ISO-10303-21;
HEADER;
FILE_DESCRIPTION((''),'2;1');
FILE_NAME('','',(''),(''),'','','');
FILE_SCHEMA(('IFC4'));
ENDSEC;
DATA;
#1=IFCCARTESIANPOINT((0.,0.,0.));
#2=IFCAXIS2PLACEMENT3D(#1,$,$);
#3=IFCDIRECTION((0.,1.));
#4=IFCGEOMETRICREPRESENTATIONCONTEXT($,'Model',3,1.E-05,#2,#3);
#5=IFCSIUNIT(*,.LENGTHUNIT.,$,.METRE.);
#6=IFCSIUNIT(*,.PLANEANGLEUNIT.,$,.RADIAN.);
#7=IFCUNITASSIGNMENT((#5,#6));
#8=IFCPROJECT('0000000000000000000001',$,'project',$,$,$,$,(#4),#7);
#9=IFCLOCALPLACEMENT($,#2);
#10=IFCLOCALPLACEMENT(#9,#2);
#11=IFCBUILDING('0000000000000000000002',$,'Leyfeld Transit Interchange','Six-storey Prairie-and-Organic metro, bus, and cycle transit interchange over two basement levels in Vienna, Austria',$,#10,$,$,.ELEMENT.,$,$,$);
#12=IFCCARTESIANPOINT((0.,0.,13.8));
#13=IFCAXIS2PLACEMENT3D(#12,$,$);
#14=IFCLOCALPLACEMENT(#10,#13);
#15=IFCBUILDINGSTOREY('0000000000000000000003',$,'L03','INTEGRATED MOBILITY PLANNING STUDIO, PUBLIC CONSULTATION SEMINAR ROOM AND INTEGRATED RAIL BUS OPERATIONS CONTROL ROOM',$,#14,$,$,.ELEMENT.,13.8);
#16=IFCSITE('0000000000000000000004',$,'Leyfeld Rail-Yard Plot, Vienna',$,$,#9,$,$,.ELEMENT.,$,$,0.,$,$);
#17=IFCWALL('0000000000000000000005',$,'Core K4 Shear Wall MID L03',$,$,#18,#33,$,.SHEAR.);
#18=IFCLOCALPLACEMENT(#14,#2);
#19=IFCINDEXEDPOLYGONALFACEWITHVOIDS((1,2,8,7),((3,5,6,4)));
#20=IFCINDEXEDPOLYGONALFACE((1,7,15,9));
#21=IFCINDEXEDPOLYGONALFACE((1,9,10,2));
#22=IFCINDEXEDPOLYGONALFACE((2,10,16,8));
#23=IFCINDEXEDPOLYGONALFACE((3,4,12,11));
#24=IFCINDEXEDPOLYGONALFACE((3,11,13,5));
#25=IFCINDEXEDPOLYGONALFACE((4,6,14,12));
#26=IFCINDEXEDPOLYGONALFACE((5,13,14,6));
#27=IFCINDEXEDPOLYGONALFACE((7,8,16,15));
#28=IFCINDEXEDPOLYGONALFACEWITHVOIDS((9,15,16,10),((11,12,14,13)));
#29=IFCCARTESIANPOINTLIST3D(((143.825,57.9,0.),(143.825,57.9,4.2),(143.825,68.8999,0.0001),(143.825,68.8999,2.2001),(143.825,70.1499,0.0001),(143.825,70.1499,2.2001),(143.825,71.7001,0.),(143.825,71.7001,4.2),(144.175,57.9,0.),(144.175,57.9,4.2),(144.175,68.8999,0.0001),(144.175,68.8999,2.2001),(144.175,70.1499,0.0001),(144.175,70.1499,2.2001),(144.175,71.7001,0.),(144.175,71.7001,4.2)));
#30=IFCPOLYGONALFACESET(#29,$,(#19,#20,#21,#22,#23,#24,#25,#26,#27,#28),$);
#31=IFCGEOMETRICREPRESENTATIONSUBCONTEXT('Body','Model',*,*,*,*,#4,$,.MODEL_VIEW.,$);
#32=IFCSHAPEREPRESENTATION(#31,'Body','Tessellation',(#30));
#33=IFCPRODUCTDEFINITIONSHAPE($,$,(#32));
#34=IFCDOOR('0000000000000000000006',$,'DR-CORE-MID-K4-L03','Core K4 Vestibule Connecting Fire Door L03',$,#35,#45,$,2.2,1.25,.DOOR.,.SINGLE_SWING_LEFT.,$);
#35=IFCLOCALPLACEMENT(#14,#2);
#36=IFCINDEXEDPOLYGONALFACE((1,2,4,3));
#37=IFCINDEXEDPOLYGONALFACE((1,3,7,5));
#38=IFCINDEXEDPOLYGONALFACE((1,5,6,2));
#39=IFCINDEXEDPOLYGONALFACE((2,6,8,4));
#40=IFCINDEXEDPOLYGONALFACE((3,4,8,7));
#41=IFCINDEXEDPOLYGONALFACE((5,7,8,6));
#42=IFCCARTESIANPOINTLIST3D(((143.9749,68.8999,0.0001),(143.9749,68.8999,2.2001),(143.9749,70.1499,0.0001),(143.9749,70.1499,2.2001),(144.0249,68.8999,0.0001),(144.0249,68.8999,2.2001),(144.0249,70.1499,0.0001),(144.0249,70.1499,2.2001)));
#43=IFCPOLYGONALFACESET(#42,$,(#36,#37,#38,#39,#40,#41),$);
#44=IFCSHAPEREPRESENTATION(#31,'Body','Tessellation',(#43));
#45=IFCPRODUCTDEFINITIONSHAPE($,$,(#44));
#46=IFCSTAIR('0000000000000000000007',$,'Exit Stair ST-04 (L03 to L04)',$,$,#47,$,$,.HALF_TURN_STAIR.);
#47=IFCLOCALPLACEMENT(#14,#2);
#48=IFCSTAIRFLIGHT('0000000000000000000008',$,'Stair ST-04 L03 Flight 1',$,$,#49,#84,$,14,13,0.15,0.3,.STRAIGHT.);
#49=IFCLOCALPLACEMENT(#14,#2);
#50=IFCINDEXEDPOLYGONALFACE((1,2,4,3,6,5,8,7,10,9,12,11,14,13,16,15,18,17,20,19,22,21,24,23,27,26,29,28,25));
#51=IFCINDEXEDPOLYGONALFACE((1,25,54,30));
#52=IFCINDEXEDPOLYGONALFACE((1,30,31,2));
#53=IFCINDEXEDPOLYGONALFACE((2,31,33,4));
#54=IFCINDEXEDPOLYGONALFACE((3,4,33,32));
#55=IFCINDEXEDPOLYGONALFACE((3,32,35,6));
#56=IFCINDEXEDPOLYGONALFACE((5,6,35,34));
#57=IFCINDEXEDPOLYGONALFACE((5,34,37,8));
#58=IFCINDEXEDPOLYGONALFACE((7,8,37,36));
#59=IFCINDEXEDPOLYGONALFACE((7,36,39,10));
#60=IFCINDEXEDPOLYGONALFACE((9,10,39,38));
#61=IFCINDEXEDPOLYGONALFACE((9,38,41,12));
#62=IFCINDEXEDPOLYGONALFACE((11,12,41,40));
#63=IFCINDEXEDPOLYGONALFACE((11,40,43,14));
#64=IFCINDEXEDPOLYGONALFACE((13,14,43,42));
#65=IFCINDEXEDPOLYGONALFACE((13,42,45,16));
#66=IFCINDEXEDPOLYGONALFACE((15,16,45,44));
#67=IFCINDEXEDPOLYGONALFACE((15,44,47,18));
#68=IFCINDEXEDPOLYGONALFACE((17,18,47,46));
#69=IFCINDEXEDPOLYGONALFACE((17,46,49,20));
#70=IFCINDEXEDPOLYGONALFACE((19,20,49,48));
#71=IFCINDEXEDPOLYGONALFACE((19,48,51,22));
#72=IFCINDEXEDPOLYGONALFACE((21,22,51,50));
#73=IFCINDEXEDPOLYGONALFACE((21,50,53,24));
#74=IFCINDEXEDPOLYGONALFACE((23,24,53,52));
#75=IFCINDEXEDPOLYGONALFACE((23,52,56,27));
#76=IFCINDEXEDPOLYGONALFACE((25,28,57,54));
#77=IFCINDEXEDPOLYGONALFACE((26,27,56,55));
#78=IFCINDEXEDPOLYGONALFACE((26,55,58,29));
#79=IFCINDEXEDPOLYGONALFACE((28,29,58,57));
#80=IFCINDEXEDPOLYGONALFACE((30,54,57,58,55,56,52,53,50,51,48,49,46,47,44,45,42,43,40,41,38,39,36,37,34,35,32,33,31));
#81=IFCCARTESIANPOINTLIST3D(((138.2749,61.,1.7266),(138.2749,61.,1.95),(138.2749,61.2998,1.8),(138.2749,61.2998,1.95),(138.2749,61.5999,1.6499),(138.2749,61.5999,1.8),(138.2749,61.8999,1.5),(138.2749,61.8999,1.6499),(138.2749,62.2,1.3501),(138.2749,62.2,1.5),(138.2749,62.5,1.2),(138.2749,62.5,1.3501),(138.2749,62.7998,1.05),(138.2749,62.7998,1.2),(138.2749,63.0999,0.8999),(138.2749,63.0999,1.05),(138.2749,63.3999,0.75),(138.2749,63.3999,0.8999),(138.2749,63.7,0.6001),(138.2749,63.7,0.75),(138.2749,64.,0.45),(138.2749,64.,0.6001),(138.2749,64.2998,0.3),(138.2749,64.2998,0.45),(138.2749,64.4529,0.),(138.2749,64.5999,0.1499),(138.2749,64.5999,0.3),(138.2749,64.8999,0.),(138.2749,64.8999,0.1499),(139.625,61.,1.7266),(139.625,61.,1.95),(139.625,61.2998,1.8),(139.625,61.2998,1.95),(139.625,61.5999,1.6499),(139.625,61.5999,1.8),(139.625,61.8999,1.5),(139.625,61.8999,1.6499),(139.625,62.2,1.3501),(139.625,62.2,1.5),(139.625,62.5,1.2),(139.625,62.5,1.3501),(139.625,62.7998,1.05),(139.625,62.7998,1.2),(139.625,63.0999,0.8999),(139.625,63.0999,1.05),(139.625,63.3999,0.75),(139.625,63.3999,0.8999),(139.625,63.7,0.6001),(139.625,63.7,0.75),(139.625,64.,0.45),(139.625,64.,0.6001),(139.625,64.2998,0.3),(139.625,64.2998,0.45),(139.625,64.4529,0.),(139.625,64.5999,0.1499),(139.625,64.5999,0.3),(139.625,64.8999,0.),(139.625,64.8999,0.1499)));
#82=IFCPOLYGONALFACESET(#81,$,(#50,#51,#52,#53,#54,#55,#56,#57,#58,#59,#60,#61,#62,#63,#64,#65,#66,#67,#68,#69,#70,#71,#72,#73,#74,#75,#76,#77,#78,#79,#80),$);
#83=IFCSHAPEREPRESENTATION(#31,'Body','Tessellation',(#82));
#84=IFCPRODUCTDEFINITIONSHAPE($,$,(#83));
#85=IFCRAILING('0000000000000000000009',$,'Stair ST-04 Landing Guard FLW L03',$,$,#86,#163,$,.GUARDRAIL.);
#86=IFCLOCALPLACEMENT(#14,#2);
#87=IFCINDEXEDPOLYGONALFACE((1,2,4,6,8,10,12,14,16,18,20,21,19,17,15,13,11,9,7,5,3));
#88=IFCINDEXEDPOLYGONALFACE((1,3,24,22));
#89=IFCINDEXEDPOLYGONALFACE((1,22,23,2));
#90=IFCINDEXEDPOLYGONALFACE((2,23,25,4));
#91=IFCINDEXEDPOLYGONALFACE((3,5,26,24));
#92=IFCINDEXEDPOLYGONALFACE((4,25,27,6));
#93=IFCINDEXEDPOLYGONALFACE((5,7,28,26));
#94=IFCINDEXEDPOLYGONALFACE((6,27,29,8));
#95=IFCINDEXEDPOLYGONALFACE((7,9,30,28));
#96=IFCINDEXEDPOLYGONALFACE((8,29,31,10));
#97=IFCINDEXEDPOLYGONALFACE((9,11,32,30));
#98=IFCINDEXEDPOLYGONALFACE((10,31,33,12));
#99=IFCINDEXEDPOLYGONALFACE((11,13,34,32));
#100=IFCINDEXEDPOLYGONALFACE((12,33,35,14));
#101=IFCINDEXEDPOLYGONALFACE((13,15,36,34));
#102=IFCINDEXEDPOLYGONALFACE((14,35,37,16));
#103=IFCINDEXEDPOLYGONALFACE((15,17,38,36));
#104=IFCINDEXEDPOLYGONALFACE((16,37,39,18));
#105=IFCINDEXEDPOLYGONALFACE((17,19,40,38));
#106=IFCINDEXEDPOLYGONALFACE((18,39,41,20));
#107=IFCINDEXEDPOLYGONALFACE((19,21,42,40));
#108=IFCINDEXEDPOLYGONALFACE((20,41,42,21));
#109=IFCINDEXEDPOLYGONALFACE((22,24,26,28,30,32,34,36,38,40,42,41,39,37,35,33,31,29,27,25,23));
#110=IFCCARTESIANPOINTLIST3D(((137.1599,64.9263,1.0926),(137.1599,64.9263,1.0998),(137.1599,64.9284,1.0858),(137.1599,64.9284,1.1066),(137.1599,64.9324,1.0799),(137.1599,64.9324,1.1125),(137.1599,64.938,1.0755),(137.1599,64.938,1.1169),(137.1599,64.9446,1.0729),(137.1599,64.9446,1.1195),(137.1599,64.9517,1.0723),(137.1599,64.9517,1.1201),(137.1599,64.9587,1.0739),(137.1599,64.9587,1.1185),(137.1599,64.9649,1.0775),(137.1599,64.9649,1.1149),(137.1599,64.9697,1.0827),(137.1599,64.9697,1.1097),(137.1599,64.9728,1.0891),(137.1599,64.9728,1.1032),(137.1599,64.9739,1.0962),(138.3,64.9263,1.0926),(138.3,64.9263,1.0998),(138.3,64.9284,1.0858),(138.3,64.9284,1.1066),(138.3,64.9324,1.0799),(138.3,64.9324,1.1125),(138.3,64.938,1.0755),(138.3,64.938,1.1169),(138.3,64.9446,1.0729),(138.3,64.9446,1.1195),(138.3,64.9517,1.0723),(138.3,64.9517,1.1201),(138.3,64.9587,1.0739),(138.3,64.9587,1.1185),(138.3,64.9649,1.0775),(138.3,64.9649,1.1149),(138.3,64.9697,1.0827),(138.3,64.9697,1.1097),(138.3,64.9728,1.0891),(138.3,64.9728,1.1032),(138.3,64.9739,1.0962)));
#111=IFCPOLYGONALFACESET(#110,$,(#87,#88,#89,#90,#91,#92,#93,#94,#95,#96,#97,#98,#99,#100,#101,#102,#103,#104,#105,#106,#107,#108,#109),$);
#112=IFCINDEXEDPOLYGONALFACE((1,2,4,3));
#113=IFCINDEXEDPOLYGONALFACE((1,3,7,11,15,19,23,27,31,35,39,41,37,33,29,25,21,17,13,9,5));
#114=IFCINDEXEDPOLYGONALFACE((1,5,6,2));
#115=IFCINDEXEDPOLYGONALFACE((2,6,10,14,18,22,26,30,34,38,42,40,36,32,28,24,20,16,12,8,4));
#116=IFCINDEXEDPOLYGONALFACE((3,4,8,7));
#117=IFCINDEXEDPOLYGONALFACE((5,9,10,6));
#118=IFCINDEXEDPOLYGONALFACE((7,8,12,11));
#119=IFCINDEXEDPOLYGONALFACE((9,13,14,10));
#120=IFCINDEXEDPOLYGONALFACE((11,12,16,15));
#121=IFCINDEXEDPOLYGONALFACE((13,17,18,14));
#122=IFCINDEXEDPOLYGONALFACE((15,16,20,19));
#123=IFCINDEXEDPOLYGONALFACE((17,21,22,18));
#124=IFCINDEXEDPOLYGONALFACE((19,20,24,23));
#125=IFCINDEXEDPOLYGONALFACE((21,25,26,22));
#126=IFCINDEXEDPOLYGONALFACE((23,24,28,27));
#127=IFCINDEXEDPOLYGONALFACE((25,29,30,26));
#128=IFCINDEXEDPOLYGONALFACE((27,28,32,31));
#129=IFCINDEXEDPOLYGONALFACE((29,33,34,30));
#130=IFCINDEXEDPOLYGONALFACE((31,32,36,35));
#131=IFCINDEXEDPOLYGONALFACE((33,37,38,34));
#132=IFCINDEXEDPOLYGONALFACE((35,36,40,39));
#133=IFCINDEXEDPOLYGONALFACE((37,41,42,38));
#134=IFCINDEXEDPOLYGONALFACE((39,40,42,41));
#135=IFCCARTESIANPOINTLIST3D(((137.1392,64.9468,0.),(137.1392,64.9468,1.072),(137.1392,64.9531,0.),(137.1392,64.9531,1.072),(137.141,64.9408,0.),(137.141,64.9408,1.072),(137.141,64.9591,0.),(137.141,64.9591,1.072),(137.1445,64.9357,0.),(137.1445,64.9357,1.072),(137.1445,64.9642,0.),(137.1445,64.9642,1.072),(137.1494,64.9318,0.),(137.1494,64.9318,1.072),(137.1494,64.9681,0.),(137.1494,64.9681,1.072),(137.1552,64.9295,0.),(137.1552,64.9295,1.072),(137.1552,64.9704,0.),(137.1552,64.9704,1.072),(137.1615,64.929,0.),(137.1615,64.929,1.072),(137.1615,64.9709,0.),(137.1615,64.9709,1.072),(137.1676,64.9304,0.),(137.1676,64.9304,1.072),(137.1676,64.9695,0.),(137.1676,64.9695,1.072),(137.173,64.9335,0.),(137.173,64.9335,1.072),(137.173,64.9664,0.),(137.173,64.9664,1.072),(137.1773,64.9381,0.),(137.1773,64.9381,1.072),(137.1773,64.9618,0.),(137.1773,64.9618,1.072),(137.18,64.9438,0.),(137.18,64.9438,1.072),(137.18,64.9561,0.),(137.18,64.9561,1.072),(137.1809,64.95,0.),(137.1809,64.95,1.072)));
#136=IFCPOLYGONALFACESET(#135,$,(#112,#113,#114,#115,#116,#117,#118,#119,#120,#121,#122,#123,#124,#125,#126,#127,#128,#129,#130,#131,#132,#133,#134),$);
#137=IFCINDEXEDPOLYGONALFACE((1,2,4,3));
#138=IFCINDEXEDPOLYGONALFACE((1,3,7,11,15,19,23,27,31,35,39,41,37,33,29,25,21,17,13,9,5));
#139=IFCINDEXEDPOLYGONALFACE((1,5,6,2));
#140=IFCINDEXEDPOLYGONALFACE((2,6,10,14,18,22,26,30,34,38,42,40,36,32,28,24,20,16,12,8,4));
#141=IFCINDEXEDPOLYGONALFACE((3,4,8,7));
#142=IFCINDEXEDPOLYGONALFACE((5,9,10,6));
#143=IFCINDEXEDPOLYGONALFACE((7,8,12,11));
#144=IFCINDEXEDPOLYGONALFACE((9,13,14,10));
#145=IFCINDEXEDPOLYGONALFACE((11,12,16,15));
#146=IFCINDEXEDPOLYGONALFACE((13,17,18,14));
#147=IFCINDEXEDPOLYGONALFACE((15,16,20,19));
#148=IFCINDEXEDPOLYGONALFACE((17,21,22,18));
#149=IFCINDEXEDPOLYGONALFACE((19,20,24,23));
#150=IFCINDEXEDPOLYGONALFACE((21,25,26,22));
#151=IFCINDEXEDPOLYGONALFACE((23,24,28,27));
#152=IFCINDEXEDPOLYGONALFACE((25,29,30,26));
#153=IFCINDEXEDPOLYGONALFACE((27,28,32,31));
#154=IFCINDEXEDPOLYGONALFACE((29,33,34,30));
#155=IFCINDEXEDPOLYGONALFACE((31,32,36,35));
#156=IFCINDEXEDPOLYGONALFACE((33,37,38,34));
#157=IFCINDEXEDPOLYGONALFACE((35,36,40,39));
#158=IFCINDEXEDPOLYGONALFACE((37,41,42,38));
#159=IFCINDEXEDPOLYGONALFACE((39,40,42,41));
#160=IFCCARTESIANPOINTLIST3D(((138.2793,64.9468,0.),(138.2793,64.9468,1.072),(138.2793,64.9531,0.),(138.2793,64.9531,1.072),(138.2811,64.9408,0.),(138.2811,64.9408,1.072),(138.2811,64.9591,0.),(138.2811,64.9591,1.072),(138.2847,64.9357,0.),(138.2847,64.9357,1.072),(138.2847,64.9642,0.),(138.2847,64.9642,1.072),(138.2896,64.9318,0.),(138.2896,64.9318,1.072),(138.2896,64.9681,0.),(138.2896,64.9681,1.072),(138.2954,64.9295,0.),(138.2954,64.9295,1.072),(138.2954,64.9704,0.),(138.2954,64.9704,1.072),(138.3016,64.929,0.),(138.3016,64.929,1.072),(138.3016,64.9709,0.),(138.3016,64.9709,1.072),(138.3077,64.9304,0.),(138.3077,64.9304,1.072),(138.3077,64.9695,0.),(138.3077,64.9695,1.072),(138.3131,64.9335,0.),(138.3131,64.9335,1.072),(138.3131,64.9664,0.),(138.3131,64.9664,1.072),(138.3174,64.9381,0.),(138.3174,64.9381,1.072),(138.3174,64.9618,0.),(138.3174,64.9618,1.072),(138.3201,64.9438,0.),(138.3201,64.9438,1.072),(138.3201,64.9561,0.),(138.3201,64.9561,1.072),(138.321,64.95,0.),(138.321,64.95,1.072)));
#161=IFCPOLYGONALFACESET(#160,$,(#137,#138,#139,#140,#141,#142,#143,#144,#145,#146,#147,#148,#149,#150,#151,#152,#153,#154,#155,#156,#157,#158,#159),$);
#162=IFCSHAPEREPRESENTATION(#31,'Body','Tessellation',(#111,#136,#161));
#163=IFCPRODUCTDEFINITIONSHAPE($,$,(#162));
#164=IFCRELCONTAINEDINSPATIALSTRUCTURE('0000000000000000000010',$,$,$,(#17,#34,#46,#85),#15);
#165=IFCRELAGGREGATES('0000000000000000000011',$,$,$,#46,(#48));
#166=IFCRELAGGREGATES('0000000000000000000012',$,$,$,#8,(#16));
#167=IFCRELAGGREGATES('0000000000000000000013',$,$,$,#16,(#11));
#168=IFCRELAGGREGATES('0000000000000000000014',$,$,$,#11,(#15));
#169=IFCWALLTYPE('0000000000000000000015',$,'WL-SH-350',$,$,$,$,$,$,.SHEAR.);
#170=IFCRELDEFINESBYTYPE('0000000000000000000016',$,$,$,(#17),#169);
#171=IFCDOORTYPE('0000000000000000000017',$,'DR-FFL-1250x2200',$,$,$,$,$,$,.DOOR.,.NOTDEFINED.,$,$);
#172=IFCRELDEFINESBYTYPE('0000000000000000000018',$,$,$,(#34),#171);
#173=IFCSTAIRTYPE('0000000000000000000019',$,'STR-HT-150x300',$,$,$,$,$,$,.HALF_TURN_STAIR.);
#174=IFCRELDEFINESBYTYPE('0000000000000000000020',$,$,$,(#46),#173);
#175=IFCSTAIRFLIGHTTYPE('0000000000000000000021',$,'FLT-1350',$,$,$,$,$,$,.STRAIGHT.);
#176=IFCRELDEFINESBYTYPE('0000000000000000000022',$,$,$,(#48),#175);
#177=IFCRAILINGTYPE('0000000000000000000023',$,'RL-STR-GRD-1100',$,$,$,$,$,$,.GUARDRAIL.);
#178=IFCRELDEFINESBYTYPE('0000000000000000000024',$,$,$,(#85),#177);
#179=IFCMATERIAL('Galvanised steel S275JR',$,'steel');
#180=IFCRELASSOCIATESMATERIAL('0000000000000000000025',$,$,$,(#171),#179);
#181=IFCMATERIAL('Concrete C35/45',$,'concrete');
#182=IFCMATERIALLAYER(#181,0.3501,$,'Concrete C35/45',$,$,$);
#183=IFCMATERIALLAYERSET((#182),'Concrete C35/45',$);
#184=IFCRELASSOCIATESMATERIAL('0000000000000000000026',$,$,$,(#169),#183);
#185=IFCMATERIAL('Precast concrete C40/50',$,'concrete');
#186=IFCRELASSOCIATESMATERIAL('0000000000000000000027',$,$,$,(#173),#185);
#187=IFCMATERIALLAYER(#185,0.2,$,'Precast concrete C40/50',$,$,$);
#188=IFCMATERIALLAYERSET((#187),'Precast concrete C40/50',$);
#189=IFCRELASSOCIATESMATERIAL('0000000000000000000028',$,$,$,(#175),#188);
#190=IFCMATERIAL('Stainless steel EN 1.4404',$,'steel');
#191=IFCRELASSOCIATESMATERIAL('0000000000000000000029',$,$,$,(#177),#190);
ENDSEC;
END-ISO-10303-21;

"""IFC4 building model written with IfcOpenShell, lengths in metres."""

from ifc_helpers import new_model, si_unit, direction, frame, frame_2d, origin, origin_2d, place, context, subcontext, project, spatial, polyline, rectangle, circle, outline, extrude, material, layer, layer_set, type_object, element, fill, aggregate, save


model = new_model("IFC4")

# Units and contexts
model_context = context("Model", 3, precision=1e-05, world=origin(), true_north=direction((0.0, 1.0)))
body_context = subcontext(model_context, "Body", "Model", "MODEL_VIEW")
ifc_project = project(units=[si_unit("LENGTHUNIT", "METRE"), si_unit("PLANEANGLEUNIT", "RADIAN")], contexts=[model_context])

# Site, building, storey
site_placement = place(None, origin())
site = spatial("IfcSite", under=ifc_project, at=site_placement, Name="Leyfeld Rail-Yard Plot, Vienna", CompositionType="ELEMENT", RefElevation=0.0)
building_placement = place(site_placement, origin())
building = spatial("IfcBuilding", under=site, at=building_placement, Name="Leyfeld Transit Interchange", Description="Six-storey Prairie-and-Organic metro, bus, and cycle transit interchange over two basement levels in Vienna, Austria", CompositionType="ELEMENT")
storey_placement = place(building_placement, frame((0.0, 0.0, 13.8)))
storey = spatial("IfcBuildingStorey", under=building, at=storey_placement, Name="L03", Description="INTEGRATED MOBILITY PLANNING STUDIO, PUBLIC CONSULTATION SEMINAR ROOM AND INTEGRATED RAIL BUS OPERATIONS CONTROL ROOM", CompositionType="ELEMENT", Elevation=13.8)

# Shared definitions
ifc_material_1 = material(Name="Concrete C35/45", Category="concrete")

# Shared definitions
ifc_material_2 = material(Name="Galvanised steel S275JR", Category="steel")
door_type_1 = type_object("IfcDoorType", Name="DR-FFL-1250x2200", OperationType="NOTDEFINED", PredefinedType="DOOR", material=ifc_material_2)

# Shared definitions
ifc_material_3 = material(Name="Stainless steel EN 1.4404", Category="steel")

# Wall, opening, door
ifc_layer_1 = layer(ifc_material_1, 0.3501, Name="Concrete C35/45")
ifc_layer_set_1 = layer_set([ifc_layer_1], Name="Concrete C35/45")
wall_type_1 = type_object("IfcWallType", Name="WL-SH-350", PredefinedType="SHEAR", material=ifc_layer_set_1)
wall_1_placement = place(storey_placement, frame((144.0, 71.7, 0.0), z_axis=(0.0, 0.0, 1.0), x_axis=(0.0, -1.0, 0.0)))
wall_1 = element("IfcWall", 1, at=wall_1_placement, inside=storey, type_object=wall_type_1, Name="Core K4 Shear Wall MID L03", PredefinedType="SHEAR", context=body_context, shape_type="SweptSolid", body=[
    extrude(rectangle(XDim=13.8, YDim=0.3501, at=frame_2d((6.8999, 0.0))), origin(), (0.0, 0.0, 1.0), 4.2),
])
opening_1_placement = place(wall_1_placement, frame((1.55, 0.0, 0.0)))
opening_1 = element("IfcOpeningElement", 2, at=opening_1_placement, cuts=wall_1, PredefinedType="OPENING", context=body_context, shape_type="SweptSolid", body=[
    extrude(rectangle(XDim=1.25, YDim=2.2, at=frame_2d((0.625, 1.1001))), frame((0.0, 0.1851, 0.0), z_axis=(0.0, -1.0, 0.0), x_axis=(1.0, 0.0, 0.0)), (0.0, 0.0, 1.0), 0.3701),
])
door_1_placement = place(opening_1_placement, origin())
door_1 = element("IfcDoor", 3, at=door_1_placement, inside=storey, type_object=door_type_1, Name="DR-CORE-MID-K4-L03", Description="Core K4 Vestibule Connecting Fire Door L03", OperationType="SINGLE_SWING_LEFT", OverallHeight=2.2, OverallWidth=1.25, PredefinedType="DOOR", context=body_context, shape_type="SweptSolid", body=[
    extrude(rectangle(XDim=1.25, YDim=2.2, at=frame_2d((0.625, 1.1001))), frame((0.0, 0.0249, 0.0), z_axis=(0.0, -1.0, 0.0), x_axis=(1.0, 0.0, 0.0)), (0.0, 0.0, 1.0), 0.05),
])
fill(opening_1, door_1)

# Stair, stair flight
ifc_material_4 = material(Name="Precast concrete C40/50", Category="concrete")
stair_type = type_object("IfcStairType", Name="STR-HT-150x300", PredefinedType="HALF_TURN_STAIR", material=ifc_material_4)
stair_placement = place(storey_placement, origin())
stair = element("IfcStair", 4, at=stair_placement, inside=storey, type_object=stair_type, Name="Exit Stair ST-04 (L03 to L04)", PredefinedType="HALF_TURN_STAIR")
ifc_layer_2 = layer(ifc_material_4, 0.2, Name="Precast concrete C40/50")
ifc_layer_set_2 = layer_set([ifc_layer_2], Name="Precast concrete C40/50")
stair_flight_type = type_object("IfcStairFlightType", Name="FLT-1350", PredefinedType="STRAIGHT", material=ifc_layer_set_2)
stair_flight_placement = place(storey_placement, frame((138.95, 64.8999, 0.0), z_axis=(0.0, 0.0, 1.0), x_axis=(0.0, -1.0, 0.0)))
stair_flight = element("IfcStairFlight", 5, at=stair_flight_placement, type_object=stair_flight_type, Name="Stair ST-04 L03 Flight 1", NumberOfRisers=14, NumberOfTreads=13, PredefinedType="STRAIGHT", RiserHeight=0.15, TreadLength=0.3, context=body_context, shape_type="SweptSolid", body=[
    extrude(outline(polyline([(0.0, 0.0), (0.0, 0.1499), (0.3, 0.1499), (0.3, 0.3), (0.6001, 0.3), (0.6001, 0.45), (0.8999, 0.45), (0.8999, 0.6001), (1.2, 0.6001), (1.2, 0.75), (1.5, 0.75), (1.5, 0.8999), (1.8, 0.8999), (1.8, 1.05), (2.1001, 1.05), (2.1001, 1.2), (2.3999, 1.2), (2.3999, 1.3501), (2.7, 1.3501), (2.7, 1.5), (3.0, 1.5), (3.0, 1.6499), (3.3, 1.6499), (3.3, 1.8), (3.6001, 1.8), (3.6001, 1.95), (3.8999, 1.95), (3.8999, 2.1001), (3.8999, 1.7266), (0.447, 0.0), (0.0, 0.0)])), frame((0.0, 0.675, 0.0), z_axis=(0.0, -1.0, 0.0), x_axis=(1.0, 0.0, 0.0)), (0.0, 0.0, 1.0), 1.3501),
])
aggregate(stair, [stair_flight])

# Railing
railing_type_1 = type_object("IfcRailingType", Name="RL-STR-GRD-1100", PredefinedType="GUARDRAIL", material=ifc_material_3)
railing_1_placement = place(storey_placement, frame((137.1599, 64.95, 0.0)))
element("IfcRailing", 6, at=railing_1_placement, inside=storey, type_object=railing_type_1, Name="Stair ST-04 Landing Guard FLW L03", PredefinedType="GUARDRAIL", context=body_context, shape_type="SweptSolid", body=[
    extrude(circle(Radius=0.0239, at=origin_2d()), frame((0.0, 0.0, 1.0962), z_axis=(1.0, 0.0, 0.0), x_axis=(0.0, 1.0, 0.0)), (0.0, 0.0, 1.0), 1.1401),
    extrude(circle(Radius=0.021, at=origin_2d()), origin(), (0.0, 0.0, 1.0), 1.072),
    extrude(circle(Radius=0.021, at=origin_2d()), frame((1.1401, 0.0, 0.0)), (0.0, 0.0, 1.0), 1.072),
])

save(model, "model.ifc")
